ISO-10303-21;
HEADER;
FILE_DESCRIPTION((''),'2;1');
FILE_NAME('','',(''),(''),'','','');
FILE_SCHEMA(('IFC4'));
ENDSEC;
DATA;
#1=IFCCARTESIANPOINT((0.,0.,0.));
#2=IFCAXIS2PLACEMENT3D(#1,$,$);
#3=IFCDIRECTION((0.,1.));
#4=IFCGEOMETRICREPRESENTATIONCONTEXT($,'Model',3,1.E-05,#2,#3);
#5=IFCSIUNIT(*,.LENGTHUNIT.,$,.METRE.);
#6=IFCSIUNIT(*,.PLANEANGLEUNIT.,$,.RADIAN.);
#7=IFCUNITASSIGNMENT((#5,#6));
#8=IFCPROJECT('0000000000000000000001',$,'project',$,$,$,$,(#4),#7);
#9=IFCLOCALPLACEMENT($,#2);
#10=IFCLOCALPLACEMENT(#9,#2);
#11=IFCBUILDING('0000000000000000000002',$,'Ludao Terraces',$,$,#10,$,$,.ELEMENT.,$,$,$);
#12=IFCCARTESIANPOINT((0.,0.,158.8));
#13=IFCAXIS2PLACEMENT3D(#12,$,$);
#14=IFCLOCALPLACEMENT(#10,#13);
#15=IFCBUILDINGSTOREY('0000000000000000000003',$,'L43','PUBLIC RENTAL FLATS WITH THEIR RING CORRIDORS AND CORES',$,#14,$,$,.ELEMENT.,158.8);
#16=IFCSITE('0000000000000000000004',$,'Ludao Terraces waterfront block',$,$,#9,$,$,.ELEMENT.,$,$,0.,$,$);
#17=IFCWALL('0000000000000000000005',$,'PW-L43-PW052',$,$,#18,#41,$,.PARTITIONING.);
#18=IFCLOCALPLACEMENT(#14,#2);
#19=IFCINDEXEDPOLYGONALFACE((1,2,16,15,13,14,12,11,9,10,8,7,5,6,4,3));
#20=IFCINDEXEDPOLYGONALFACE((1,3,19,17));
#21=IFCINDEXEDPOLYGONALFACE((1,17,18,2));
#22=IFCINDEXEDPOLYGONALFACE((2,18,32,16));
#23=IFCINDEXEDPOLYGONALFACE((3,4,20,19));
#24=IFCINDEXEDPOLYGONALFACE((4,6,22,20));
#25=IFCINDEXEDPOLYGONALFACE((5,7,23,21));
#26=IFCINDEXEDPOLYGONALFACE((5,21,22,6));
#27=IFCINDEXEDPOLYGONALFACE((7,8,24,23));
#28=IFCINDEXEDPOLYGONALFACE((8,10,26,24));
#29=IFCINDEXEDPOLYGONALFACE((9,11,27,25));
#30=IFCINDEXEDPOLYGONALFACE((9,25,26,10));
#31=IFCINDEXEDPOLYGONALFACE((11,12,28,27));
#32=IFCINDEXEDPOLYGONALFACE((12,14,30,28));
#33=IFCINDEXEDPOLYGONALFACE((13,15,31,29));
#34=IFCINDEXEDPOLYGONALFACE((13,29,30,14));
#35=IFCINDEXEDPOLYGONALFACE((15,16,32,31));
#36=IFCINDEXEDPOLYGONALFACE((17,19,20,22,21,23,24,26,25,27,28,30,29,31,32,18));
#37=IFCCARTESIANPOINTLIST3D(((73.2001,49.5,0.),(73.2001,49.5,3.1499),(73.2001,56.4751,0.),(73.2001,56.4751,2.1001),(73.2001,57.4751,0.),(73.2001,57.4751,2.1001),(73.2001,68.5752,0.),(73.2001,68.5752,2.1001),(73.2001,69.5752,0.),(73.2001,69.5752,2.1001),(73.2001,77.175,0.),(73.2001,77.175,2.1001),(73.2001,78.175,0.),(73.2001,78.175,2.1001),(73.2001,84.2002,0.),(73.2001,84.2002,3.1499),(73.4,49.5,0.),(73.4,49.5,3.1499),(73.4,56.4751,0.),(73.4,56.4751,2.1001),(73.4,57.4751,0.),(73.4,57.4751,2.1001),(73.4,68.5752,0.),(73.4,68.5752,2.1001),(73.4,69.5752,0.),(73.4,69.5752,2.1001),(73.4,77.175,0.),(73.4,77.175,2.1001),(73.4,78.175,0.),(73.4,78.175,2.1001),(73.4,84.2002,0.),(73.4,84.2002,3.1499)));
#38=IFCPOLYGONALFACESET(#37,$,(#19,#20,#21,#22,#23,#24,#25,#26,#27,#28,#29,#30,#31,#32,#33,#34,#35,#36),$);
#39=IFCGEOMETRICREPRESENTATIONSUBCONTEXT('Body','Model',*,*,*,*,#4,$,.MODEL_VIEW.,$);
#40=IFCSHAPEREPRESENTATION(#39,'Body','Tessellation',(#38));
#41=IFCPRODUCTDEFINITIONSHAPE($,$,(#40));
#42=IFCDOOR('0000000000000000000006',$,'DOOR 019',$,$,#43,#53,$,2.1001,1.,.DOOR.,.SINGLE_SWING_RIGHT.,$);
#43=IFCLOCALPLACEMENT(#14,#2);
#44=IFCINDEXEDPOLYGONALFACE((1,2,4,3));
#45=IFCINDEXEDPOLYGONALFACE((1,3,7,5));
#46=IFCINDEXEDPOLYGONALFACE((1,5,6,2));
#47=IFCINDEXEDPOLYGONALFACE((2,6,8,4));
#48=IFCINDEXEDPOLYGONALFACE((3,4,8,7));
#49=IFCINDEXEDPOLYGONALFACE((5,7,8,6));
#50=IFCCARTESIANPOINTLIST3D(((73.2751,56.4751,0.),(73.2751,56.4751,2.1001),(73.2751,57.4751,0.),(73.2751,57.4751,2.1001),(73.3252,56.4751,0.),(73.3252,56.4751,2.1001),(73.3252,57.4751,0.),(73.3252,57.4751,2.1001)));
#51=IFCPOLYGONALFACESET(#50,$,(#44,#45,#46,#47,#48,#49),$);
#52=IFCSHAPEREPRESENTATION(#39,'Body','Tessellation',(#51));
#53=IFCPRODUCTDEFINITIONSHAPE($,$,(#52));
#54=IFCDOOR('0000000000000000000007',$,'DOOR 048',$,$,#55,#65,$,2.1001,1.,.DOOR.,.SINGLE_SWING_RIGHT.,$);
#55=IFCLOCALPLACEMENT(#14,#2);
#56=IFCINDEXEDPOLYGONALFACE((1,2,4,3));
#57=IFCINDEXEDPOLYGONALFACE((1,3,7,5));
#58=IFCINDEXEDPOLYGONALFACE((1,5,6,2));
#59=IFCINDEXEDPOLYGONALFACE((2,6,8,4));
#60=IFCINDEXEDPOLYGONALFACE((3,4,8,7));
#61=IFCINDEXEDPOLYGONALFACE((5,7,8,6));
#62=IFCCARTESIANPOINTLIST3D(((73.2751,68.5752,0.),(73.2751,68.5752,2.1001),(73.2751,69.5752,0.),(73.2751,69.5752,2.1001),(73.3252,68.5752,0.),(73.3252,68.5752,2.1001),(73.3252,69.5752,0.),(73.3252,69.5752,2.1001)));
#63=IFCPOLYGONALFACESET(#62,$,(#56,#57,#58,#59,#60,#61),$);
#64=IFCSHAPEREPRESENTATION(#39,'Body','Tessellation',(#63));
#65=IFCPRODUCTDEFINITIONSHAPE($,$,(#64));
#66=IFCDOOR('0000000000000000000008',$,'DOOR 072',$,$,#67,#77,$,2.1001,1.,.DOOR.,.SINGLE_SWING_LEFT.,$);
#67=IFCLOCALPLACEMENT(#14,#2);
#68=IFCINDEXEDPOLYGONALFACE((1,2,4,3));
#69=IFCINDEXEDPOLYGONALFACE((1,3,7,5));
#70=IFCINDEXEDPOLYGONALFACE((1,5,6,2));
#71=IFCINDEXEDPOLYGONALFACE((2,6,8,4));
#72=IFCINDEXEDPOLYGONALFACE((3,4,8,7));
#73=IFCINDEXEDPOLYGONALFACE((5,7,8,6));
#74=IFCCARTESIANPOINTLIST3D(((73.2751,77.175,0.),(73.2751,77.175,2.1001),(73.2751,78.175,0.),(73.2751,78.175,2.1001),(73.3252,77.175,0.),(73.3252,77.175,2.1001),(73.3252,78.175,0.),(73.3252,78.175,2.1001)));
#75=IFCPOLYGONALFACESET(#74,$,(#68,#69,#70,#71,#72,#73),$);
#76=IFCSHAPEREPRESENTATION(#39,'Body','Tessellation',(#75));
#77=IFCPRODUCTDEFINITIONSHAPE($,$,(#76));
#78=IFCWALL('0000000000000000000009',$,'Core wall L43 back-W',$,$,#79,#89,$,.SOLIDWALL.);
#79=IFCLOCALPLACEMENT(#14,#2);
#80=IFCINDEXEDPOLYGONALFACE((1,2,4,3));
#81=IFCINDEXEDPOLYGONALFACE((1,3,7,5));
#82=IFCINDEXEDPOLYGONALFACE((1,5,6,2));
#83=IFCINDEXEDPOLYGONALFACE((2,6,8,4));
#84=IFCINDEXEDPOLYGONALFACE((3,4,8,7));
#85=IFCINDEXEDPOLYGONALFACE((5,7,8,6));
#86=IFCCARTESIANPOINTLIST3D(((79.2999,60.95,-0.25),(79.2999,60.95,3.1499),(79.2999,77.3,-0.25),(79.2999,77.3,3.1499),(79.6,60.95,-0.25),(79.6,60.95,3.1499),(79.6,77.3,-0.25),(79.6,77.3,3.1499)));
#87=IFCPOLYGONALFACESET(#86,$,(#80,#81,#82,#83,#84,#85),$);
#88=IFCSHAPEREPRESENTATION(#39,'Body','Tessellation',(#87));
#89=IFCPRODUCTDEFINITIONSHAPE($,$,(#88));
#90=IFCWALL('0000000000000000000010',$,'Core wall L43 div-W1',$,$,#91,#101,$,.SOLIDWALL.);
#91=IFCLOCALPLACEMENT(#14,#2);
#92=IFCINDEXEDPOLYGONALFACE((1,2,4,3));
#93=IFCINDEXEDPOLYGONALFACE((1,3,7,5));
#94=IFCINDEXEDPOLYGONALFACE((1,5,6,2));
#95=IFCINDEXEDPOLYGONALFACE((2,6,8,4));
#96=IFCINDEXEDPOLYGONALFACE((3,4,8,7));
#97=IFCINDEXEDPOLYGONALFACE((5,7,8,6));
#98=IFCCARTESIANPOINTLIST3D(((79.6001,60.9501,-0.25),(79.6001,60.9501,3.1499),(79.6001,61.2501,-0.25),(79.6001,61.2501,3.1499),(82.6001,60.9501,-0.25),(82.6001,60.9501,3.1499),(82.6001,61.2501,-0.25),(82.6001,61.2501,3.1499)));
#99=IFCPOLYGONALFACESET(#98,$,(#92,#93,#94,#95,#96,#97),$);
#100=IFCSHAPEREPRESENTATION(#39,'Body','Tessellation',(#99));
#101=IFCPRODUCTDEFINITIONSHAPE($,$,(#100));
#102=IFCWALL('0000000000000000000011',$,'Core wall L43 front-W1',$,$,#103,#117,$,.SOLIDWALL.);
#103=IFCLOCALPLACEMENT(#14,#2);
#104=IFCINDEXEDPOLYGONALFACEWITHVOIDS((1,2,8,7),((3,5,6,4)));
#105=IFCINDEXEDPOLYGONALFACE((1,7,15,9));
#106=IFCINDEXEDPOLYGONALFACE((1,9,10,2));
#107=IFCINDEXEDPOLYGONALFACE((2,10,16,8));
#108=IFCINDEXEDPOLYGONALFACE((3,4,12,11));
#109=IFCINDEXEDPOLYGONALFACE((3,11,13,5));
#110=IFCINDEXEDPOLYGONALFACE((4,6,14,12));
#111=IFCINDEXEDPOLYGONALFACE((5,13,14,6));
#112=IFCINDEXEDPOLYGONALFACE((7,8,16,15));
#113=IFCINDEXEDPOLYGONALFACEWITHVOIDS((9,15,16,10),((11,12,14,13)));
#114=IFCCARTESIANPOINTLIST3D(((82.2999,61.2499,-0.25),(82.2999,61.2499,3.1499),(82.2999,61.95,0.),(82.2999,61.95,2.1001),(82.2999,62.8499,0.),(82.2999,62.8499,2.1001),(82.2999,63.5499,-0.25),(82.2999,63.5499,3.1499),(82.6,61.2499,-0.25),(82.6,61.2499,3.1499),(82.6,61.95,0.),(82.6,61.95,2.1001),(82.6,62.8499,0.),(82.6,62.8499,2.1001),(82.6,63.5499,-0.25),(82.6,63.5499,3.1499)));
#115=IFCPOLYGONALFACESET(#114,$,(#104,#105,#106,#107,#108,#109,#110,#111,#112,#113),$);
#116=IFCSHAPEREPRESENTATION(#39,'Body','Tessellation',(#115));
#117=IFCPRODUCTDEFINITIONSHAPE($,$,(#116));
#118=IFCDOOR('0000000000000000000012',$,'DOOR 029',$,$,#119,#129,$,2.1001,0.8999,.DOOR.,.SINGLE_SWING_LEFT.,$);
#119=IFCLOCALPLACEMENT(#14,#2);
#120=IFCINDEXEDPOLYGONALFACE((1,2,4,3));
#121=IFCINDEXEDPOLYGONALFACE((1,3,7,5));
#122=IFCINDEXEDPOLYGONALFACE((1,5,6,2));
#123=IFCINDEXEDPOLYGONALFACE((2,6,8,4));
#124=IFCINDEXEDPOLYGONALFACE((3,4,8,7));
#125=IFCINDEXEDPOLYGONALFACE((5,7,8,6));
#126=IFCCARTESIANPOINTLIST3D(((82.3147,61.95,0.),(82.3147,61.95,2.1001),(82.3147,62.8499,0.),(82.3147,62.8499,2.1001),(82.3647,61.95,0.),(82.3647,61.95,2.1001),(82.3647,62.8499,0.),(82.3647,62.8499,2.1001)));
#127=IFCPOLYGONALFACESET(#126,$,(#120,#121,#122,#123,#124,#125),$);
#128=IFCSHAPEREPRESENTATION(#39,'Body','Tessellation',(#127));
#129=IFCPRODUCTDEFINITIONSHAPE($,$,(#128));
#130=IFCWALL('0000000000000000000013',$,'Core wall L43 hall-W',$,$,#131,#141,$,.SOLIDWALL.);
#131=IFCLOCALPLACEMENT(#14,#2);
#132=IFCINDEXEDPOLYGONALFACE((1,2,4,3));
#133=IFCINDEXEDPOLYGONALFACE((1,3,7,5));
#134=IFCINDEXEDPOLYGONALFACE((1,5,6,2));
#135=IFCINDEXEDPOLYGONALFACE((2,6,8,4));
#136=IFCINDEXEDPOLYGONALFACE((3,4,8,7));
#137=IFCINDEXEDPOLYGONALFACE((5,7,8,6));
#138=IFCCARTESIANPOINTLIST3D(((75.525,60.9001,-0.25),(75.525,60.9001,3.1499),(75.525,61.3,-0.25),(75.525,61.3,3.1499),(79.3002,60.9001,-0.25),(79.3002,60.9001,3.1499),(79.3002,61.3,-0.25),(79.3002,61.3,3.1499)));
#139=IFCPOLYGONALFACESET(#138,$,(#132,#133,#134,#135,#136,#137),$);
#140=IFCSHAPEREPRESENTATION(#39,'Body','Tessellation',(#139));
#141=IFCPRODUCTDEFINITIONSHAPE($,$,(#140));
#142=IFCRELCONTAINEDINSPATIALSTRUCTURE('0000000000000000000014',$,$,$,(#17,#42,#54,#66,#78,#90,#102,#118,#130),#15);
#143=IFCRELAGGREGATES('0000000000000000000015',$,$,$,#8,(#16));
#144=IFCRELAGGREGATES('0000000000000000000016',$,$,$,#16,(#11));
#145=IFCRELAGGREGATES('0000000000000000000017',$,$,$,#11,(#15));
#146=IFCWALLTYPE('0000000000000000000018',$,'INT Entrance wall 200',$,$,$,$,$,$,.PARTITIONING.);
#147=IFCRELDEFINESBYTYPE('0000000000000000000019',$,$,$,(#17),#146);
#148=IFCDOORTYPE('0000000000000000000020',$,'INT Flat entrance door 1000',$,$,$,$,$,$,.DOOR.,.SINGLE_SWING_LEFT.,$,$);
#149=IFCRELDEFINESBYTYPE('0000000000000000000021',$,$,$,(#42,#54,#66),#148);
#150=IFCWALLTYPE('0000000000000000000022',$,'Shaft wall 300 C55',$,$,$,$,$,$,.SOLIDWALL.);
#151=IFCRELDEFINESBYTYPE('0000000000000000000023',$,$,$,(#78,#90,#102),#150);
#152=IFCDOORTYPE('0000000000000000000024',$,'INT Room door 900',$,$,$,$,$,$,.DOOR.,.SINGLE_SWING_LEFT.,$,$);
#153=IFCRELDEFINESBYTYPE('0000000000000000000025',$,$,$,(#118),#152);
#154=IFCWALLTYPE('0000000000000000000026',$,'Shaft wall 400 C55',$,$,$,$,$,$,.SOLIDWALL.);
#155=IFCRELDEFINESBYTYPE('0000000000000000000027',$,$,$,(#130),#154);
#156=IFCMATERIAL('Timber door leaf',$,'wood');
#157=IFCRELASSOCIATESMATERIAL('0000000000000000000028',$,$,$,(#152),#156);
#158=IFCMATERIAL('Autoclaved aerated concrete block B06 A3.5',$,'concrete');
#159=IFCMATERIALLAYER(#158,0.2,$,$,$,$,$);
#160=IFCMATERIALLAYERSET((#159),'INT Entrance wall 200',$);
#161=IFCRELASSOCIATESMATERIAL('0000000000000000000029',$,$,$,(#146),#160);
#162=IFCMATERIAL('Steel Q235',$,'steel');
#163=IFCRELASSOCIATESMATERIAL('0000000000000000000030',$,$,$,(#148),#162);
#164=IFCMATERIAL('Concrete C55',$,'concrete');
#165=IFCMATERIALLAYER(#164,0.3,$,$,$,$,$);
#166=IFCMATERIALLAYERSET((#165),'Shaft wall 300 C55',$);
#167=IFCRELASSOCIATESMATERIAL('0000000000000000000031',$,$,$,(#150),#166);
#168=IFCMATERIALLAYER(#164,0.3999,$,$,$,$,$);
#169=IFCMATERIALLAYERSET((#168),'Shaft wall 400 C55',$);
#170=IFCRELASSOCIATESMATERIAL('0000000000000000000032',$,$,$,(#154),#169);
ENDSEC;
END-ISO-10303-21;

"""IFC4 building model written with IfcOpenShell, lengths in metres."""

from ifc_helpers import new_model, si_unit, direction, frame, frame_2d, origin, place, context, subcontext, project, spatial, rectangle, extrude, material, layer, layer_set, type_object, element, fill, save


model = new_model("IFC4")

# Units and contexts
model_context = context("Model", 3, precision=1e-05, world=origin(), true_north=direction((0.0, 1.0)))
body_context = subcontext(model_context, "Body", "Model", "MODEL_VIEW")
ifc_project = project(units=[si_unit("LENGTHUNIT", "METRE"), si_unit("PLANEANGLEUNIT", "RADIAN")], contexts=[model_context])

# Site, building, storey
site_placement = place(None, origin())
site = spatial("IfcSite", under=ifc_project, at=site_placement, Name="Ludao Terraces waterfront block", CompositionType="ELEMENT", RefElevation=0.0)
building_placement = place(site_placement, origin())
building = spatial("IfcBuilding", under=site, at=building_placement, Name="Ludao Terraces", CompositionType="ELEMENT")
storey_placement = place(building_placement, frame((0.0, 0.0, 158.8)))
storey = spatial("IfcBuildingStorey", under=building, at=storey_placement, Name="L43", Description="PUBLIC RENTAL FLATS WITH THEIR RING CORRIDORS AND CORES", CompositionType="ELEMENT", Elevation=158.8)

# Shared definitions
ifc_material_1 = material(Name="Steel Q235", Category="steel")
ifc_material_2 = material(Name="Timber door leaf", Category="wood")
door_type_1 = type_object("IfcDoorType", Name="INT Room door 900", OperationType="SINGLE_SWING_LEFT", PredefinedType="DOOR", material=ifc_material_2)

# Wall, openings, doors
ifc_material_3 = material(Name="Autoclaved aerated concrete block B06 A3.5", Category="concrete")
ifc_layer_1 = layer(ifc_material_3, 0.2)
ifc_layer_set_1 = layer_set([ifc_layer_1], Name="INT Entrance wall 200")
wall_type_1 = type_object("IfcWallType", Name="INT Entrance wall 200", PredefinedType="PARTITIONING", material=ifc_layer_set_1)
wall_1_placement = place(storey_placement, frame((73.3, 49.5, 0.0), z_axis=(0.0, 0.0, 1.0), x_axis=(0.0, 1.0, 0.0)))
wall_1 = element("IfcWall", 1, at=wall_1_placement, inside=storey, type_object=wall_type_1, Name="PW-L43-PW052", PredefinedType="PARTITIONING", context=body_context, shape_type="SweptSolid", body=[
    extrude(rectangle(XDim=34.7002, YDim=0.2, at=frame_2d((17.3501, 0.0))), origin(), (0.0, 0.0, 1.0), 3.1499),
])
opening_1_placement = place(wall_1_placement, frame((6.9751, 0.0, 0.0)))
opening_1 = element("IfcOpeningElement", 2, at=opening_1_placement, cuts=wall_1, PredefinedType="OPENING", context=body_context, shape_type="SweptSolid", body=[
    extrude(rectangle(XDim=1.0, YDim=2.1001, at=frame_2d((0.5, 1.05))), frame((0.0, 0.1099, 0.0), z_axis=(0.0, -1.0, 0.0), x_axis=(1.0, 0.0, 0.0)), (0.0, 0.0, 1.0), 0.22),
])
opening_2_placement = place(wall_1_placement, frame((19.0752, 0.0, 0.0)))
opening_2 = element("IfcOpeningElement", 3, at=opening_2_placement, cuts=wall_1, PredefinedType="OPENING", context=body_context, shape_type="SweptSolid", body=[
    extrude(rectangle(XDim=1.0, YDim=2.1001, at=frame_2d((0.5, 1.05))), frame((0.0, 0.1099, 0.0), z_axis=(0.0, -1.0, 0.0), x_axis=(1.0, 0.0, 0.0)), (0.0, 0.0, 1.0), 0.22),
])
opening_3_placement = place(wall_1_placement, frame((27.675, 0.0, 0.0)))
opening_3 = element("IfcOpeningElement", 4, at=opening_3_placement, cuts=wall_1, PredefinedType="OPENING", context=body_context, shape_type="SweptSolid", body=[
    extrude(rectangle(XDim=1.0, YDim=2.1001, at=frame_2d((0.5, 1.05))), frame((0.0, 0.1099, 0.0), z_axis=(0.0, -1.0, 0.0), x_axis=(1.0, 0.0, 0.0)), (0.0, 0.0, 1.0), 0.22),
])
door_type_2 = type_object("IfcDoorType", Name="INT Flat entrance door 1000", OperationType="SINGLE_SWING_LEFT", PredefinedType="DOOR", material=ifc_material_1)
door_1_placement = place(opening_1_placement, origin())
door_1 = element("IfcDoor", 5, at=door_1_placement, inside=storey, type_object=door_type_2, Name="DOOR 019", OperationType="SINGLE_SWING_RIGHT", OverallHeight=2.1001, OverallWidth=1.0, PredefinedType="DOOR", context=body_context, shape_type="SweptSolid", body=[
    extrude(rectangle(XDim=1.0, YDim=2.1001, at=frame_2d((0.5, 1.05))), frame((0.0, 0.0249, 0.0), z_axis=(0.0, -1.0, 0.0), x_axis=(1.0, 0.0, 0.0)), (0.0, 0.0, 1.0), 0.05),
])
fill(opening_1, door_1)
door_2_placement = place(opening_2_placement, origin())
door_2 = element("IfcDoor", 6, at=door_2_placement, inside=storey, type_object=door_type_2, Name="DOOR 048", OperationType="SINGLE_SWING_RIGHT", OverallHeight=2.1001, OverallWidth=1.0, PredefinedType="DOOR", context=body_context, shape_type="SweptSolid", body=[
    extrude(rectangle(XDim=1.0, YDim=2.1001, at=frame_2d((0.5, 1.05))), frame((0.0, 0.0249, 0.0), z_axis=(0.0, -1.0, 0.0), x_axis=(1.0, 0.0, 0.0)), (0.0, 0.0, 1.0), 0.05),
])
fill(opening_2, door_2)
door_3_placement = place(opening_3_placement, origin())
door_3 = element("IfcDoor", 7, at=door_3_placement, inside=storey, type_object=door_type_2, Name="DOOR 072", OperationType="SINGLE_SWING_LEFT", OverallHeight=2.1001, OverallWidth=1.0, PredefinedType="DOOR", context=body_context, shape_type="SweptSolid", body=[
    extrude(rectangle(XDim=1.0, YDim=2.1001, at=frame_2d((0.5, 1.05))), frame((0.0, 0.0249, 0.0), z_axis=(0.0, -1.0, 0.0), x_axis=(1.0, 0.0, 0.0)), (0.0, 0.0, 1.0), 0.05),
])
fill(opening_3, door_3)

# Walls
ifc_material_4 = material(Name="Concrete C55", Category="concrete")
ifc_layer_2 = layer(ifc_material_4, 0.3)
ifc_layer_set_2 = layer_set([ifc_layer_2], Name="Shaft wall 300 C55")
wall_type_2 = type_object("IfcWallType", Name="Shaft wall 300 C55", PredefinedType="SOLIDWALL", material=ifc_layer_set_2)
wall_2_placement = place(storey_placement, frame((79.45, 60.95, -0.25), z_axis=(0.0, 0.0, 1.0), x_axis=(0.0, 1.0, 0.0)))
element("IfcWall", 8, at=wall_2_placement, inside=storey, type_object=wall_type_2, Name="Core wall L43 back-W", PredefinedType="SOLIDWALL", context=body_context, shape_type="SweptSolid", body=[
    extrude(rectangle(XDim=16.3501, YDim=0.3, at=frame_2d((8.175, 0.0))), origin(), (0.0, 0.0, 1.0), 3.3999),
])
wall_3_placement = place(storey_placement, frame((79.6001, 61.1001, -0.25), z_axis=(0.0, 0.0, 1.0), x_axis=(1.0, 0.0, 0.0)))
element("IfcWall", 9, at=wall_3_placement, inside=storey, type_object=wall_type_2, Name="Core wall L43 div-W1", PredefinedType="SOLIDWALL", context=body_context, shape_type="SweptSolid", body=[
    extrude(rectangle(XDim=3.0, YDim=0.3, at=frame_2d((1.5, 0.0))), origin(), (0.0, 0.0, 1.0), 3.3999),
])

# Wall, opening, door
wall_4_placement = place(storey_placement, frame((82.45, 61.25, -0.25), z_axis=(0.0, 0.0, 1.0), x_axis=(0.0, 1.0, 0.0)))
wall_4 = element("IfcWall", 10, at=wall_4_placement, inside=storey, type_object=wall_type_2, Name="Core wall L43 front-W1", PredefinedType="SOLIDWALL", context=body_context, shape_type="SweptSolid", body=[
    extrude(rectangle(XDim=2.3, YDim=0.3, at=frame_2d((1.1499, 0.0))), origin(), (0.0, 0.0, 1.0), 3.3999),
])
opening_4_placement = place(wall_4_placement, frame((0.7, 0.0, 0.25)))
opening_4 = element("IfcOpeningElement", 11, at=opening_4_placement, cuts=wall_4, PredefinedType="OPENING", context=body_context, shape_type="SweptSolid", body=[
    extrude(rectangle(XDim=0.8999, YDim=2.1001, at=frame_2d((0.45, 1.05))), frame((0.0, 0.1602, 0.0), z_axis=(0.0, -1.0, 0.0), x_axis=(1.0, 0.0, 0.0)), (0.0, 0.0, 1.0), 0.3201),
])
door_4_placement = place(opening_4_placement, origin())
door_4 = element("IfcDoor", 12, at=door_4_placement, inside=storey, type_object=door_type_1, Name="DOOR 029", OperationType="SINGLE_SWING_LEFT", OverallHeight=2.1001, OverallWidth=0.8999, PredefinedType="DOOR", context=body_context, shape_type="SweptSolid", body=[
    extrude(rectangle(XDim=0.8999, YDim=2.1001, at=frame_2d((0.45, 1.05))), frame((0.0, 0.1353, 0.0), z_axis=(0.0, -1.0, 0.0), x_axis=(1.0, 0.0, 0.0)), (0.0, 0.0, 1.0), 0.05),
])
fill(opening_4, door_4)

# Wall
ifc_layer_3 = layer(ifc_material_4, 0.3999)
ifc_layer_set_3 = layer_set([ifc_layer_3], Name="Shaft wall 400 C55")
wall_type_3 = type_object("IfcWallType", Name="Shaft wall 400 C55", PredefinedType="SOLIDWALL", material=ifc_layer_set_3)
wall_5_placement = place(storey_placement, frame((75.5249, 61.1001, -0.25), z_axis=(0.0, 0.0, 1.0), x_axis=(1.0, 0.0, 0.0)))
element("IfcWall", 13, at=wall_5_placement, inside=storey, type_object=wall_type_3, Name="Core wall L43 hall-W", PredefinedType="SOLIDWALL", context=body_context, shape_type="SweptSolid", body=[
    extrude(rectangle(XDim=3.7751, YDim=0.3999, at=frame_2d((1.8877, 0.0))), origin(), (0.0, 0.0, 1.0), 3.3999),
])

save(model, "model.ifc")
